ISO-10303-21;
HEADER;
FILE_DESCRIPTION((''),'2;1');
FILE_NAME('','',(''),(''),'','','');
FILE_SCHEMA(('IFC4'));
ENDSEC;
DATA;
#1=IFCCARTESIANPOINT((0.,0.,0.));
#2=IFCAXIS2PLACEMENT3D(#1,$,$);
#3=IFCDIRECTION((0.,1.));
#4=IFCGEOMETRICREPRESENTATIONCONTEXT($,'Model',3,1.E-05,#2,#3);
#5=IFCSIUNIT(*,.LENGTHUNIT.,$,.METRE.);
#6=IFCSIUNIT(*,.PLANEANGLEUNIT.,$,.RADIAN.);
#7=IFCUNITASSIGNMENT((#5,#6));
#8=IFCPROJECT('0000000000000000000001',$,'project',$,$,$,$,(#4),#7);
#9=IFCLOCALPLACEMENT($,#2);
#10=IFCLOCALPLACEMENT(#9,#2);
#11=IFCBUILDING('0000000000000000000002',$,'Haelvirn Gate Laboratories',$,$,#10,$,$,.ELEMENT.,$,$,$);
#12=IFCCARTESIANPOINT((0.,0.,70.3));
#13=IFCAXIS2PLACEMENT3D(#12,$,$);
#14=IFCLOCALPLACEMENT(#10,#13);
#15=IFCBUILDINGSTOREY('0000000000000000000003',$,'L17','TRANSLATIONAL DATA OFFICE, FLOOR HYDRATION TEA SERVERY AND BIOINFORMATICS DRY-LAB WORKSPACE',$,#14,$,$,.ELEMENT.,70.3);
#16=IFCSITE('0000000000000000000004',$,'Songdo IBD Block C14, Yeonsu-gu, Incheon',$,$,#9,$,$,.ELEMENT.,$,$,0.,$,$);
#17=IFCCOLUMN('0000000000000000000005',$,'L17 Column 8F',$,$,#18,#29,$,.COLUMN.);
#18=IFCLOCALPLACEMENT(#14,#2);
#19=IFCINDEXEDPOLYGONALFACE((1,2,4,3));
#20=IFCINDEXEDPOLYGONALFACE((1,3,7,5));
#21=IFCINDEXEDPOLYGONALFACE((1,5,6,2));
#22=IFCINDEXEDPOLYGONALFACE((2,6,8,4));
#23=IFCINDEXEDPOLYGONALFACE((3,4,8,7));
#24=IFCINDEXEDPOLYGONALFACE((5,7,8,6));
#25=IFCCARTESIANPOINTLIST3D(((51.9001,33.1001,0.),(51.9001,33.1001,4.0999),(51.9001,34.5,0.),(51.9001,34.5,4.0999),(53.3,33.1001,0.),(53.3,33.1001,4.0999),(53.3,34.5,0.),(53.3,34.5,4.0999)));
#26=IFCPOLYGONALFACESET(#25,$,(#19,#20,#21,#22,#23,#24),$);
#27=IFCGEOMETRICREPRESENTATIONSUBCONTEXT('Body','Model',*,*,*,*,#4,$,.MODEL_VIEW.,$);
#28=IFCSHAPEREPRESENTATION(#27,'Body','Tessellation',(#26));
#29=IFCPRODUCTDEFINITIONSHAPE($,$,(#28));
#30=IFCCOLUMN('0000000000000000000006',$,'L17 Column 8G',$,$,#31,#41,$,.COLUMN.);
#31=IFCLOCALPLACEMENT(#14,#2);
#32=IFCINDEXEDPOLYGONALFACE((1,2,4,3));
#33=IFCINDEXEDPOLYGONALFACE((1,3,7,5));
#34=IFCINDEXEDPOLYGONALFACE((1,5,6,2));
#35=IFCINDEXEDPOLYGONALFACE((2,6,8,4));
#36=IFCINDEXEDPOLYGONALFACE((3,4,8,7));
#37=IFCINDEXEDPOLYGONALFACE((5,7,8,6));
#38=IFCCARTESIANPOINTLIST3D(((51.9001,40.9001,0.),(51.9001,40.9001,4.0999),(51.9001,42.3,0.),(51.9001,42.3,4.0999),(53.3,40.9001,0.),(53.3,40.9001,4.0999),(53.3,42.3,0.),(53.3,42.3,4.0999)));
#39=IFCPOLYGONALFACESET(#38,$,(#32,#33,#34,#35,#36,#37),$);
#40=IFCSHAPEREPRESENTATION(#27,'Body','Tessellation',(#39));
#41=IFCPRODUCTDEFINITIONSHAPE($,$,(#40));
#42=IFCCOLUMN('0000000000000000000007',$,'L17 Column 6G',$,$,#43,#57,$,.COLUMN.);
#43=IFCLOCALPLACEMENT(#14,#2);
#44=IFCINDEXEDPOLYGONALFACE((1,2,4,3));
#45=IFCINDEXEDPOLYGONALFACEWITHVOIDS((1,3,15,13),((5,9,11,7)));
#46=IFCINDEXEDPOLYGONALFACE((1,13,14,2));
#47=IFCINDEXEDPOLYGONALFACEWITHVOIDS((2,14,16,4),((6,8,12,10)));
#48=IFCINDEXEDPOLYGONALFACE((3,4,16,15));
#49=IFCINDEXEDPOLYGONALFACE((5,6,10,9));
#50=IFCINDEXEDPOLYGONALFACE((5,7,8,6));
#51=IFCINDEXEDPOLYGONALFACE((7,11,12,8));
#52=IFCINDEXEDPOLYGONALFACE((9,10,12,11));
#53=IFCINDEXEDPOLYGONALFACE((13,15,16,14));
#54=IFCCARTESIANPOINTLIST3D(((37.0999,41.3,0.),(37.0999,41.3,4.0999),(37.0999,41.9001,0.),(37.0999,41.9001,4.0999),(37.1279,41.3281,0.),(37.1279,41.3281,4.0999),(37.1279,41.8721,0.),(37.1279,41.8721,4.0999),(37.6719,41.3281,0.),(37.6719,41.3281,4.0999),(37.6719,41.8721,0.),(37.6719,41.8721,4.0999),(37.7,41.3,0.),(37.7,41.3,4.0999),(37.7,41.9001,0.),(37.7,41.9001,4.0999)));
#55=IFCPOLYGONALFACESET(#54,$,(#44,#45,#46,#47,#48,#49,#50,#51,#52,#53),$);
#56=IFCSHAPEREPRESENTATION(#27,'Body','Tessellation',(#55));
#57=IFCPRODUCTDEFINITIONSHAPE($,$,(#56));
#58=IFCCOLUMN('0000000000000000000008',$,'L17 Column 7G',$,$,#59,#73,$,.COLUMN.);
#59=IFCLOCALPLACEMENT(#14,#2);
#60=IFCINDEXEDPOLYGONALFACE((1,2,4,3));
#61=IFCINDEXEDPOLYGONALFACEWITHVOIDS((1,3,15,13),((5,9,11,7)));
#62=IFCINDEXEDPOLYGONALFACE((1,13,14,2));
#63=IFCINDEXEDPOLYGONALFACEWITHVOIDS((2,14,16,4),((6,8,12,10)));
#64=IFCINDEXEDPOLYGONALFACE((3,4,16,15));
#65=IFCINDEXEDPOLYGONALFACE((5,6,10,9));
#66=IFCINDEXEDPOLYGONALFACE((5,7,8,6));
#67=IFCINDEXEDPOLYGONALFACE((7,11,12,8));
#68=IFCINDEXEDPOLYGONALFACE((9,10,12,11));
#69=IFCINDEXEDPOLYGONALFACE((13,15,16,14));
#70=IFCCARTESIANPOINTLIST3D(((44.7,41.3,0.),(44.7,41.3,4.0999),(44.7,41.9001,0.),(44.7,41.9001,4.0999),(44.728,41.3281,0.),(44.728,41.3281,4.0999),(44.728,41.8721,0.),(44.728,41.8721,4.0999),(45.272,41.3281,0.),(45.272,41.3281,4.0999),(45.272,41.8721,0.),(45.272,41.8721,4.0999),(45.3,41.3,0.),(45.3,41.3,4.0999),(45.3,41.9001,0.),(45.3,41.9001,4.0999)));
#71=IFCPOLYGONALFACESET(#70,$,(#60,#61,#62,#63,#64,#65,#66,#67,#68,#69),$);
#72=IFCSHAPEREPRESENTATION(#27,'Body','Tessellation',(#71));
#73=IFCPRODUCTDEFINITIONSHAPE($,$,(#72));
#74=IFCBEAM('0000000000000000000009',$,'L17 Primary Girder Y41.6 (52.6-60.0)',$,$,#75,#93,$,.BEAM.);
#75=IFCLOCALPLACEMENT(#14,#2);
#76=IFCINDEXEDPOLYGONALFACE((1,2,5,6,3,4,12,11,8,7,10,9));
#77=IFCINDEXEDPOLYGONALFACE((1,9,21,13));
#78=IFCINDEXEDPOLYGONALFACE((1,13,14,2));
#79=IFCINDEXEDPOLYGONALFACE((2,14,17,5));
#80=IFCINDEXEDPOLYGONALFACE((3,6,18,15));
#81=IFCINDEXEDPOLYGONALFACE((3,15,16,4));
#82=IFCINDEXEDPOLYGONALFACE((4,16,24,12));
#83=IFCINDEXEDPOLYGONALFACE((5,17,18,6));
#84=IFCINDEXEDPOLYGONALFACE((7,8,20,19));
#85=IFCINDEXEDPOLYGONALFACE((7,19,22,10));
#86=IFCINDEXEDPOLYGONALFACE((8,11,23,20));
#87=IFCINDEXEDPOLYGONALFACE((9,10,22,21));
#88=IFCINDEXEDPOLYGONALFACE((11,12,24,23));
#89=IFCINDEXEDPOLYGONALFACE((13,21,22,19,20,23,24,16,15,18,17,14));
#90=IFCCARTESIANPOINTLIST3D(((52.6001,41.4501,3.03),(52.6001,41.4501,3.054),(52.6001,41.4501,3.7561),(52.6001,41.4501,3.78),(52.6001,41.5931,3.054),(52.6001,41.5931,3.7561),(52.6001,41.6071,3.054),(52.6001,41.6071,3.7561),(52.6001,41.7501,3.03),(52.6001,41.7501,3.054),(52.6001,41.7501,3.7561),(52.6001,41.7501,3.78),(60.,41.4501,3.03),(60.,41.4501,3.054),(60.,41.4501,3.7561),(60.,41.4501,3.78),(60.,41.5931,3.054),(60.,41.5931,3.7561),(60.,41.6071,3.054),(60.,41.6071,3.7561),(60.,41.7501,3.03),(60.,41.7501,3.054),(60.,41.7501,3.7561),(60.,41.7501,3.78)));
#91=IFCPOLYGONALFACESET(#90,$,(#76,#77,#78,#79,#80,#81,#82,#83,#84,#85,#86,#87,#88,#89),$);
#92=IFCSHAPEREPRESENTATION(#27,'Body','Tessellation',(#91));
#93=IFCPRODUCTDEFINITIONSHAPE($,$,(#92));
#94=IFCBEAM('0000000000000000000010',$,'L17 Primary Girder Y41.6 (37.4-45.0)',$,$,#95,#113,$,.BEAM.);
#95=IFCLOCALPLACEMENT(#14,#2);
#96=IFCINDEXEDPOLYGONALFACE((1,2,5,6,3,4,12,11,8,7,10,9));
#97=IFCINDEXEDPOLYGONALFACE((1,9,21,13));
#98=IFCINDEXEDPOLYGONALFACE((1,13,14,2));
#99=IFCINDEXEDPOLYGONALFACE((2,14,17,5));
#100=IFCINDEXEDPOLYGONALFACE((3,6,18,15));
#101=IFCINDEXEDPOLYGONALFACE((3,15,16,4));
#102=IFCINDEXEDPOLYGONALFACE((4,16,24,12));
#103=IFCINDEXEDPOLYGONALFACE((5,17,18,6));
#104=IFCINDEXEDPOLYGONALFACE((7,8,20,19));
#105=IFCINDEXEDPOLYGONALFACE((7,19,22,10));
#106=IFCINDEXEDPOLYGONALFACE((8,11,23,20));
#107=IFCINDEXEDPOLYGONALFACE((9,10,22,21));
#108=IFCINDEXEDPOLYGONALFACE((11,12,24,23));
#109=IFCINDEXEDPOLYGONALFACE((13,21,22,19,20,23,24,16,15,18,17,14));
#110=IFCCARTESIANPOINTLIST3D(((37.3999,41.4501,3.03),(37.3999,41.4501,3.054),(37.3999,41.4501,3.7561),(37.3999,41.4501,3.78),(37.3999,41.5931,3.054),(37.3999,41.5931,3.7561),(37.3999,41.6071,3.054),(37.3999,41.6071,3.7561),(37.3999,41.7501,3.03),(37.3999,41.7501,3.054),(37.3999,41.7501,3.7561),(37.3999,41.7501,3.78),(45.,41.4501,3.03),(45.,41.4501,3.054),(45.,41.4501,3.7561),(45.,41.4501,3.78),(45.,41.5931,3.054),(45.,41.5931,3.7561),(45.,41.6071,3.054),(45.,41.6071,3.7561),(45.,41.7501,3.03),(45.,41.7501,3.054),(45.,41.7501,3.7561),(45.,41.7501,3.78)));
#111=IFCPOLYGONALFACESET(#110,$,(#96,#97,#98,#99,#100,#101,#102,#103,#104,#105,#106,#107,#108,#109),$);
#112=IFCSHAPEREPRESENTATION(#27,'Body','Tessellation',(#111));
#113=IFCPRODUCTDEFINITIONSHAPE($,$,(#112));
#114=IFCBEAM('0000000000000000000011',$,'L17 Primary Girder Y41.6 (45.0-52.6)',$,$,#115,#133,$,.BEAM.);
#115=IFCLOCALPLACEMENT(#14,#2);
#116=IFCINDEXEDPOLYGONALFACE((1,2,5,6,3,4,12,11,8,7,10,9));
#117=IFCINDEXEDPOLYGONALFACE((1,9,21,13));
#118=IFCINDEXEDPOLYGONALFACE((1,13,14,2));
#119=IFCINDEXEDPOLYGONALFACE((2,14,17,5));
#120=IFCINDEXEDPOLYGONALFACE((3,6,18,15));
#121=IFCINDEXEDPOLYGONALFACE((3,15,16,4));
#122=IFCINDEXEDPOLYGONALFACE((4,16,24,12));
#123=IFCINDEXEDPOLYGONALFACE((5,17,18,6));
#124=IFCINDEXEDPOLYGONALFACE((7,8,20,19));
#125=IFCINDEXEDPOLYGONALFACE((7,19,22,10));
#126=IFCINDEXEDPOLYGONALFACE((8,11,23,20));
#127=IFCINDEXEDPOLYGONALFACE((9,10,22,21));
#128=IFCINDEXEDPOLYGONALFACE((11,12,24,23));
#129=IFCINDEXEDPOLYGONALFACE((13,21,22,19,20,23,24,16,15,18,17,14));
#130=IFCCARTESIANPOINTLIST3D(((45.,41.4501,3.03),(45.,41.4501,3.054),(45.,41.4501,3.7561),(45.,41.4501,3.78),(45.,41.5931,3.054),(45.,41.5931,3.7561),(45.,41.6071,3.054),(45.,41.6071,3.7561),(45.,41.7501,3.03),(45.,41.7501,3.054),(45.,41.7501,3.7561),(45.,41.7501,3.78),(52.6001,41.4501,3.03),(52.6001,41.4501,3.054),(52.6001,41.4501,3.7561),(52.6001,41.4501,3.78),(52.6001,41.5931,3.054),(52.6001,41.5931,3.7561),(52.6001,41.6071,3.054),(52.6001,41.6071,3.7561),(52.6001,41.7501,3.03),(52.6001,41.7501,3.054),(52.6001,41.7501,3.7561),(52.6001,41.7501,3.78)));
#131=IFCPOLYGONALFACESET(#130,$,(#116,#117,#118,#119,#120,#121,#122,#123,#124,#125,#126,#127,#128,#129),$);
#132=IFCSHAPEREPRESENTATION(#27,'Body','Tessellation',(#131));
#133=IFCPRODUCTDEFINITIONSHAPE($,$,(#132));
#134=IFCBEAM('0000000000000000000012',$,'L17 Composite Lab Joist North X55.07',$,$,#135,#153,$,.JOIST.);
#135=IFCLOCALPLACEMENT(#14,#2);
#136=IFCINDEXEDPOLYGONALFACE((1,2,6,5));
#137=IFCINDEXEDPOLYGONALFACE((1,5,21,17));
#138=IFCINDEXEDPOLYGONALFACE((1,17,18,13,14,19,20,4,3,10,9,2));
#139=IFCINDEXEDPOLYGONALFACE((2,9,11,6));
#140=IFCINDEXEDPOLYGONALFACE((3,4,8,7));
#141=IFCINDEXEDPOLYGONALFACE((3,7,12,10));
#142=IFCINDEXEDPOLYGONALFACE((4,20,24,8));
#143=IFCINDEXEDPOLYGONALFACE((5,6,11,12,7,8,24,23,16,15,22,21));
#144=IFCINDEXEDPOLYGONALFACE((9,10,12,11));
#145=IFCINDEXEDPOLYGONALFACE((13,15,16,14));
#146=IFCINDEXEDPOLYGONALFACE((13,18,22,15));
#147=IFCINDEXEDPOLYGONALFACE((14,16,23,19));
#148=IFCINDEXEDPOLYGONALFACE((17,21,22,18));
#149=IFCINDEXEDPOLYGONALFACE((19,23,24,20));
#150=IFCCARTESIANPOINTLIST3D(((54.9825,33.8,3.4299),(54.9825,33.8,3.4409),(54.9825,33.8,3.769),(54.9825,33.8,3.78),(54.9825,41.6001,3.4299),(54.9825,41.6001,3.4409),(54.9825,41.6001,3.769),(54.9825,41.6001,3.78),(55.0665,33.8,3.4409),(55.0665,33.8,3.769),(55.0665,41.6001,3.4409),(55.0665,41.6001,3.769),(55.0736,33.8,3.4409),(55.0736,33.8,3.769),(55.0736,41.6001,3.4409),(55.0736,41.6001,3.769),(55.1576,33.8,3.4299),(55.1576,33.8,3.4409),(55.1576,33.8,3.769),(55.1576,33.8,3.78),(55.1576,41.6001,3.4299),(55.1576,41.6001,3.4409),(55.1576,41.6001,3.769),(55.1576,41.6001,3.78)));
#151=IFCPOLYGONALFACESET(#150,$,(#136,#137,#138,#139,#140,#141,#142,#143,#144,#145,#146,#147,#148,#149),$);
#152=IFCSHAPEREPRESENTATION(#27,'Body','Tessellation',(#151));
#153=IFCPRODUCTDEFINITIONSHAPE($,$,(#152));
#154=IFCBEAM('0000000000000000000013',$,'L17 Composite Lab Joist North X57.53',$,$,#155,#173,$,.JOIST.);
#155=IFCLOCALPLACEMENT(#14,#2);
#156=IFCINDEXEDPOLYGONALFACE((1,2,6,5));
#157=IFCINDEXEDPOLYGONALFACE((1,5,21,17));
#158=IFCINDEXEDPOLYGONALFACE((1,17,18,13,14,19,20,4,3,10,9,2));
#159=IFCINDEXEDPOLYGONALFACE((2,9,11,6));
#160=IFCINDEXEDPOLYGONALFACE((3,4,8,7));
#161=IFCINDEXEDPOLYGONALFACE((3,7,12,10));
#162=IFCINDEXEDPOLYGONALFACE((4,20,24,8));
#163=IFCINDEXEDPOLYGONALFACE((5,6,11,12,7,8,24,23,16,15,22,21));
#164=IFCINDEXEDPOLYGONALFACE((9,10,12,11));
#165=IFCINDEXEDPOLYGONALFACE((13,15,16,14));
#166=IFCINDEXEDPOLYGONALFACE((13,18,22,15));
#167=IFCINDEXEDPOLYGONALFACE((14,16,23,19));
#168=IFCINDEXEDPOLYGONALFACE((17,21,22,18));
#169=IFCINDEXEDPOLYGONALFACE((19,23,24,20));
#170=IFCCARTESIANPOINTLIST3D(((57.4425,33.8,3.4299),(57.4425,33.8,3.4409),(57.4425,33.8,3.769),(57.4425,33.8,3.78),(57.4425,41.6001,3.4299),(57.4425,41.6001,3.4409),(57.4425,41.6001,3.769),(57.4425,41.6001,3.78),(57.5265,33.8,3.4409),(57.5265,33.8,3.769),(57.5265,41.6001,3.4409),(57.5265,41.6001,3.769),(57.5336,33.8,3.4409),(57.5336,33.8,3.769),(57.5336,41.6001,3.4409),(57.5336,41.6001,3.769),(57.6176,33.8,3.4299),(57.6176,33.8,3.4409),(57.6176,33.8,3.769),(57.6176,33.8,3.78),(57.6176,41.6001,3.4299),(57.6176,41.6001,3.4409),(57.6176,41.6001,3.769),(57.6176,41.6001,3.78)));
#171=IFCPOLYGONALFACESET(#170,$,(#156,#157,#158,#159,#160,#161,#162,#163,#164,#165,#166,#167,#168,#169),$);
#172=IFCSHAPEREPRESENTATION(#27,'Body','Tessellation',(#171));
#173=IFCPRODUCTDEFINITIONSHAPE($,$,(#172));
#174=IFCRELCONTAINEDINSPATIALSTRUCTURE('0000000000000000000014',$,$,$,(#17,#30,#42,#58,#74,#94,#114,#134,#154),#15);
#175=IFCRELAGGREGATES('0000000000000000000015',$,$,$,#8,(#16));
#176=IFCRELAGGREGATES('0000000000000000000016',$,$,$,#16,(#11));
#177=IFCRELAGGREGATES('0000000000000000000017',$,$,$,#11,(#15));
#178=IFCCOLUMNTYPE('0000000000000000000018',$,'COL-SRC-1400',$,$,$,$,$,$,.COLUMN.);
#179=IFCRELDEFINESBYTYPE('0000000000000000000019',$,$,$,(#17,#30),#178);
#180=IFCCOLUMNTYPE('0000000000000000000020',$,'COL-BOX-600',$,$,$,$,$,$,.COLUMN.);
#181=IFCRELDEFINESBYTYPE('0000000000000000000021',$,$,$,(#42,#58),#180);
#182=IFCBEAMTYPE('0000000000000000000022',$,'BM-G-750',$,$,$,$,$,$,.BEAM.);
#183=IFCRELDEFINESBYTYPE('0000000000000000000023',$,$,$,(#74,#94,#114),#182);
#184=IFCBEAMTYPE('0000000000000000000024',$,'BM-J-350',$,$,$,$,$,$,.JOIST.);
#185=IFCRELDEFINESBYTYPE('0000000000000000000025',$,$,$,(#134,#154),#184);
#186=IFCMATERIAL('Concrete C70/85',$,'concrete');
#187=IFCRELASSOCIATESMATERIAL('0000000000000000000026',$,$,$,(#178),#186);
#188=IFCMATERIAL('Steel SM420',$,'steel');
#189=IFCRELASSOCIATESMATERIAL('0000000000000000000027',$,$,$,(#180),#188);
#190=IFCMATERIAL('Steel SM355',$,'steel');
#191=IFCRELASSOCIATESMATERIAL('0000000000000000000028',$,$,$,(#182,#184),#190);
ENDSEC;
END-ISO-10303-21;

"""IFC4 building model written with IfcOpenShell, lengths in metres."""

from ifc_helpers import new_model, si_unit, direction, frame, origin, origin_2d, place, context, subcontext, project, spatial, rectangle, hollow_rectangle, i_section, extrude, source, transform, mapped, material, material_profile, profile_set, type_object, type_shapes, element, save


model = new_model("IFC4")

# Units and contexts
model_context = context("Model", 3, precision=1e-05, world=origin(), true_north=direction((0.0, 1.0)))
body_context = subcontext(model_context, "Body", "Model", "MODEL_VIEW")
ifc_project = project(units=[si_unit("LENGTHUNIT", "METRE"), si_unit("PLANEANGLEUNIT", "RADIAN")], contexts=[model_context])

# Site, building, storey
site_placement = place(None, origin())
site = spatial("IfcSite", under=ifc_project, at=site_placement, Name="Songdo IBD Block C14, Yeonsu-gu, Incheon", CompositionType="ELEMENT", RefElevation=0.0)
building_placement = place(site_placement, origin())
building = spatial("IfcBuilding", under=site, at=building_placement, Name="Haelvirn Gate Laboratories", CompositionType="ELEMENT")
storey_placement = place(building_placement, frame((0.0, 0.0, 70.3)))
storey = spatial("IfcBuildingStorey", under=building, at=storey_placement, Name="L17", Description="TRANSLATIONAL DATA OFFICE, FLOOR HYDRATION TEA SERVERY AND BIOINFORMATICS DRY-LAB WORKSPACE", CompositionType="ELEMENT", Elevation=70.3)

# Columns
ifc_material_1 = material(Name="Concrete C70/85", Category="concrete")
ifc_material_profile_1 = material_profile(ifc_material_1, rectangle(XDim=1.3999, YDim=1.3999, at=origin_2d()), Name="SRC-1400x1400")
ifc_profile_set_1 = profile_set([ifc_material_profile_1], Name="Concrete C70/85")
column_type_1 = type_object("IfcColumnType", Name="COL-SRC-1400", PredefinedType="COLUMN", material=ifc_profile_set_1)
shared_shape_1 = source(origin(), body_context, "Body", "SweptSolid", [
    extrude(rectangle(XDim=1.3999, YDim=1.3999, at=origin_2d()), origin(), (0.0, 0.0, 1.0), 4.0999),
])
type_shapes(column_type_1, [shared_shape_1])
for number, where, z_axis, x_axis, name in (
    (1, (52.6001, 33.8, 0.0), (0.0, 0.0, 1.0), (1.0, 0.0, 0.0), "L17 Column 8F"),
    (2, (52.6001, 41.6001, 0.0), (0.0, 0.0, 1.0), (1.0, 0.0, 0.0), "L17 Column 8G"),
):
    element("IfcColumn", number, at=place(storey_placement, frame(where, z_axis=z_axis, x_axis=x_axis)), inside=storey, type_object=column_type_1, Name=name, PredefinedType="COLUMN", context=body_context, shape_type="MappedRepresentation", body=[
        mapped(shared_shape_1, transform((0.0, 0.0, 0.0), scale=1.0)),
    ])
ifc_material_2 = material(Name="Steel SM420", Category="steel")
ifc_material_profile_2 = material_profile(ifc_material_2, hollow_rectangle(XDim=0.6001, YDim=0.6001, WallThickness=0.0281, at=origin_2d()), Name="BOX-600x600x28")
ifc_profile_set_2 = profile_set([ifc_material_profile_2], Name="Steel SM420")
column_type_2 = type_object("IfcColumnType", Name="COL-BOX-600", PredefinedType="COLUMN", material=ifc_profile_set_2)
shared_shape_2 = source(origin(), body_context, "Body", "SweptSolid", [
    extrude(hollow_rectangle(XDim=0.6001, YDim=0.6001, WallThickness=0.0281, at=origin_2d()), origin(), (0.0, 0.0, 1.0), 4.0999),
])
type_shapes(column_type_2, [shared_shape_2])
for number, where, z_axis, x_axis, name in (
    (3, (37.3999, 41.6001, 0.0), (0.0, 0.0, 1.0), (1.0, 0.0, 0.0), "L17 Column 6G"),
    (4, (45.0, 41.6001, 0.0), (0.0, 0.0, 1.0), (1.0, 0.0, 0.0), "L17 Column 7G"),
):
    element("IfcColumn", number, at=place(storey_placement, frame(where, z_axis=z_axis, x_axis=x_axis)), inside=storey, type_object=column_type_2, Name=name, PredefinedType="COLUMN", context=body_context, shape_type="MappedRepresentation", body=[
        mapped(shared_shape_2, transform((0.0, 0.0, 0.0), scale=1.0)),
    ])

# Beams
ifc_material_3 = material(Name="Steel SM355", Category="steel")
ifc_material_profile_3 = material_profile(ifc_material_3, i_section(OverallWidth=0.3, OverallDepth=0.75, WebThickness=0.0139, FlangeThickness=0.0239, at=origin_2d()), Name="H-750x300x14x24")
ifc_profile_set_3 = profile_set([ifc_material_profile_3], Name="Steel SM355")
beam_type_1 = type_object("IfcBeamType", Name="BM-G-750", PredefinedType="BEAM", material=ifc_profile_set_3)
shared_shape_3 = source(origin(), body_context, "Body", "SweptSolid", [
    extrude(i_section(OverallWidth=0.3, OverallDepth=0.75, WebThickness=0.0139, FlangeThickness=0.0239, at=origin_2d()), origin(), (0.0, 0.0, 1.0), 7.3999),
])
beam_1_placement = place(storey_placement, frame((52.6001, 41.6001, 3.405), z_axis=(1.0, 0.0, 0.0), x_axis=(0.0, 1.0, 0.0)))
element("IfcBeam", 5, at=beam_1_placement, inside=storey, type_object=beam_type_1, Name="L17 Primary Girder Y41.6 (52.6-60.0)", PredefinedType="BEAM", context=body_context, shape_type="MappedRepresentation", body=[
    mapped(shared_shape_3, transform((0.0, 0.0, 0.0), scale=1.0)),
])
shared_shape_4 = source(origin(), body_context, "Body", "SweptSolid", [
    extrude(i_section(OverallWidth=0.3, OverallDepth=0.75, WebThickness=0.0139, FlangeThickness=0.0239, at=origin_2d()), origin(), (0.0, 0.0, 1.0), 7.6001),
])
type_shapes(beam_type_1, [shared_shape_3, shared_shape_4])
for number, where, z_axis, x_axis, name in (
    (6, (37.3999, 41.6001, 3.405), (1.0, 0.0, 0.0), (0.0, 1.0, 0.0), "L17 Primary Girder Y41.6 (37.4-45.0)"),
    (7, (45.0, 41.6001, 3.405), (1.0, 0.0, 0.0), (0.0, 1.0, 0.0), "L17 Primary Girder Y41.6 (45.0-52.6)"),
):
    element("IfcBeam", number, at=place(storey_placement, frame(where, z_axis=z_axis, x_axis=x_axis)), inside=storey, type_object=beam_type_1, Name=name, PredefinedType="BEAM", context=body_context, shape_type="MappedRepresentation", body=[
        mapped(shared_shape_4, transform((0.0, 0.0, 0.0), scale=1.0)),
    ])
ifc_material_profile_4 = material_profile(ifc_material_3, i_section(OverallWidth=0.175, OverallDepth=0.3501, WebThickness=0.0071, FlangeThickness=0.011, at=origin_2d()), Name="H-350x175x7x11")
ifc_profile_set_4 = profile_set([ifc_material_profile_4], Name="Steel SM355")
beam_type_2 = type_object("IfcBeamType", Name="BM-J-350", PredefinedType="JOIST", material=ifc_profile_set_4)
shared_shape_5 = source(origin(), body_context, "Body", "SweptSolid", [
    extrude(i_section(OverallWidth=0.175, OverallDepth=0.3501, WebThickness=0.0071, FlangeThickness=0.011, at=origin_2d()), origin(), (0.0, 0.0, 1.0), 7.8),
])
type_shapes(beam_type_2, [shared_shape_5])
for number, where, z_axis, x_axis, name in (
    (8, (55.0701, 33.8, 3.605), (0.0, 1.0, 0.0), (-1.0, 0.0, 0.0), "L17 Composite Lab Joist North X55.07"),
    (9, (57.53, 33.8, 3.605), (0.0, 1.0, 0.0), (-1.0, 0.0, 0.0), "L17 Composite Lab Joist North X57.53"),
):
    element("IfcBeam", number, at=place(storey_placement, frame(where, z_axis=z_axis, x_axis=x_axis)), inside=storey, type_object=beam_type_2, Name=name, PredefinedType="JOIST", context=body_context, shape_type="MappedRepresentation", body=[
        mapped(shared_shape_5, transform((0.0, 0.0, 0.0), scale=1.0)),
    ])

save(model, "model.ifc")
